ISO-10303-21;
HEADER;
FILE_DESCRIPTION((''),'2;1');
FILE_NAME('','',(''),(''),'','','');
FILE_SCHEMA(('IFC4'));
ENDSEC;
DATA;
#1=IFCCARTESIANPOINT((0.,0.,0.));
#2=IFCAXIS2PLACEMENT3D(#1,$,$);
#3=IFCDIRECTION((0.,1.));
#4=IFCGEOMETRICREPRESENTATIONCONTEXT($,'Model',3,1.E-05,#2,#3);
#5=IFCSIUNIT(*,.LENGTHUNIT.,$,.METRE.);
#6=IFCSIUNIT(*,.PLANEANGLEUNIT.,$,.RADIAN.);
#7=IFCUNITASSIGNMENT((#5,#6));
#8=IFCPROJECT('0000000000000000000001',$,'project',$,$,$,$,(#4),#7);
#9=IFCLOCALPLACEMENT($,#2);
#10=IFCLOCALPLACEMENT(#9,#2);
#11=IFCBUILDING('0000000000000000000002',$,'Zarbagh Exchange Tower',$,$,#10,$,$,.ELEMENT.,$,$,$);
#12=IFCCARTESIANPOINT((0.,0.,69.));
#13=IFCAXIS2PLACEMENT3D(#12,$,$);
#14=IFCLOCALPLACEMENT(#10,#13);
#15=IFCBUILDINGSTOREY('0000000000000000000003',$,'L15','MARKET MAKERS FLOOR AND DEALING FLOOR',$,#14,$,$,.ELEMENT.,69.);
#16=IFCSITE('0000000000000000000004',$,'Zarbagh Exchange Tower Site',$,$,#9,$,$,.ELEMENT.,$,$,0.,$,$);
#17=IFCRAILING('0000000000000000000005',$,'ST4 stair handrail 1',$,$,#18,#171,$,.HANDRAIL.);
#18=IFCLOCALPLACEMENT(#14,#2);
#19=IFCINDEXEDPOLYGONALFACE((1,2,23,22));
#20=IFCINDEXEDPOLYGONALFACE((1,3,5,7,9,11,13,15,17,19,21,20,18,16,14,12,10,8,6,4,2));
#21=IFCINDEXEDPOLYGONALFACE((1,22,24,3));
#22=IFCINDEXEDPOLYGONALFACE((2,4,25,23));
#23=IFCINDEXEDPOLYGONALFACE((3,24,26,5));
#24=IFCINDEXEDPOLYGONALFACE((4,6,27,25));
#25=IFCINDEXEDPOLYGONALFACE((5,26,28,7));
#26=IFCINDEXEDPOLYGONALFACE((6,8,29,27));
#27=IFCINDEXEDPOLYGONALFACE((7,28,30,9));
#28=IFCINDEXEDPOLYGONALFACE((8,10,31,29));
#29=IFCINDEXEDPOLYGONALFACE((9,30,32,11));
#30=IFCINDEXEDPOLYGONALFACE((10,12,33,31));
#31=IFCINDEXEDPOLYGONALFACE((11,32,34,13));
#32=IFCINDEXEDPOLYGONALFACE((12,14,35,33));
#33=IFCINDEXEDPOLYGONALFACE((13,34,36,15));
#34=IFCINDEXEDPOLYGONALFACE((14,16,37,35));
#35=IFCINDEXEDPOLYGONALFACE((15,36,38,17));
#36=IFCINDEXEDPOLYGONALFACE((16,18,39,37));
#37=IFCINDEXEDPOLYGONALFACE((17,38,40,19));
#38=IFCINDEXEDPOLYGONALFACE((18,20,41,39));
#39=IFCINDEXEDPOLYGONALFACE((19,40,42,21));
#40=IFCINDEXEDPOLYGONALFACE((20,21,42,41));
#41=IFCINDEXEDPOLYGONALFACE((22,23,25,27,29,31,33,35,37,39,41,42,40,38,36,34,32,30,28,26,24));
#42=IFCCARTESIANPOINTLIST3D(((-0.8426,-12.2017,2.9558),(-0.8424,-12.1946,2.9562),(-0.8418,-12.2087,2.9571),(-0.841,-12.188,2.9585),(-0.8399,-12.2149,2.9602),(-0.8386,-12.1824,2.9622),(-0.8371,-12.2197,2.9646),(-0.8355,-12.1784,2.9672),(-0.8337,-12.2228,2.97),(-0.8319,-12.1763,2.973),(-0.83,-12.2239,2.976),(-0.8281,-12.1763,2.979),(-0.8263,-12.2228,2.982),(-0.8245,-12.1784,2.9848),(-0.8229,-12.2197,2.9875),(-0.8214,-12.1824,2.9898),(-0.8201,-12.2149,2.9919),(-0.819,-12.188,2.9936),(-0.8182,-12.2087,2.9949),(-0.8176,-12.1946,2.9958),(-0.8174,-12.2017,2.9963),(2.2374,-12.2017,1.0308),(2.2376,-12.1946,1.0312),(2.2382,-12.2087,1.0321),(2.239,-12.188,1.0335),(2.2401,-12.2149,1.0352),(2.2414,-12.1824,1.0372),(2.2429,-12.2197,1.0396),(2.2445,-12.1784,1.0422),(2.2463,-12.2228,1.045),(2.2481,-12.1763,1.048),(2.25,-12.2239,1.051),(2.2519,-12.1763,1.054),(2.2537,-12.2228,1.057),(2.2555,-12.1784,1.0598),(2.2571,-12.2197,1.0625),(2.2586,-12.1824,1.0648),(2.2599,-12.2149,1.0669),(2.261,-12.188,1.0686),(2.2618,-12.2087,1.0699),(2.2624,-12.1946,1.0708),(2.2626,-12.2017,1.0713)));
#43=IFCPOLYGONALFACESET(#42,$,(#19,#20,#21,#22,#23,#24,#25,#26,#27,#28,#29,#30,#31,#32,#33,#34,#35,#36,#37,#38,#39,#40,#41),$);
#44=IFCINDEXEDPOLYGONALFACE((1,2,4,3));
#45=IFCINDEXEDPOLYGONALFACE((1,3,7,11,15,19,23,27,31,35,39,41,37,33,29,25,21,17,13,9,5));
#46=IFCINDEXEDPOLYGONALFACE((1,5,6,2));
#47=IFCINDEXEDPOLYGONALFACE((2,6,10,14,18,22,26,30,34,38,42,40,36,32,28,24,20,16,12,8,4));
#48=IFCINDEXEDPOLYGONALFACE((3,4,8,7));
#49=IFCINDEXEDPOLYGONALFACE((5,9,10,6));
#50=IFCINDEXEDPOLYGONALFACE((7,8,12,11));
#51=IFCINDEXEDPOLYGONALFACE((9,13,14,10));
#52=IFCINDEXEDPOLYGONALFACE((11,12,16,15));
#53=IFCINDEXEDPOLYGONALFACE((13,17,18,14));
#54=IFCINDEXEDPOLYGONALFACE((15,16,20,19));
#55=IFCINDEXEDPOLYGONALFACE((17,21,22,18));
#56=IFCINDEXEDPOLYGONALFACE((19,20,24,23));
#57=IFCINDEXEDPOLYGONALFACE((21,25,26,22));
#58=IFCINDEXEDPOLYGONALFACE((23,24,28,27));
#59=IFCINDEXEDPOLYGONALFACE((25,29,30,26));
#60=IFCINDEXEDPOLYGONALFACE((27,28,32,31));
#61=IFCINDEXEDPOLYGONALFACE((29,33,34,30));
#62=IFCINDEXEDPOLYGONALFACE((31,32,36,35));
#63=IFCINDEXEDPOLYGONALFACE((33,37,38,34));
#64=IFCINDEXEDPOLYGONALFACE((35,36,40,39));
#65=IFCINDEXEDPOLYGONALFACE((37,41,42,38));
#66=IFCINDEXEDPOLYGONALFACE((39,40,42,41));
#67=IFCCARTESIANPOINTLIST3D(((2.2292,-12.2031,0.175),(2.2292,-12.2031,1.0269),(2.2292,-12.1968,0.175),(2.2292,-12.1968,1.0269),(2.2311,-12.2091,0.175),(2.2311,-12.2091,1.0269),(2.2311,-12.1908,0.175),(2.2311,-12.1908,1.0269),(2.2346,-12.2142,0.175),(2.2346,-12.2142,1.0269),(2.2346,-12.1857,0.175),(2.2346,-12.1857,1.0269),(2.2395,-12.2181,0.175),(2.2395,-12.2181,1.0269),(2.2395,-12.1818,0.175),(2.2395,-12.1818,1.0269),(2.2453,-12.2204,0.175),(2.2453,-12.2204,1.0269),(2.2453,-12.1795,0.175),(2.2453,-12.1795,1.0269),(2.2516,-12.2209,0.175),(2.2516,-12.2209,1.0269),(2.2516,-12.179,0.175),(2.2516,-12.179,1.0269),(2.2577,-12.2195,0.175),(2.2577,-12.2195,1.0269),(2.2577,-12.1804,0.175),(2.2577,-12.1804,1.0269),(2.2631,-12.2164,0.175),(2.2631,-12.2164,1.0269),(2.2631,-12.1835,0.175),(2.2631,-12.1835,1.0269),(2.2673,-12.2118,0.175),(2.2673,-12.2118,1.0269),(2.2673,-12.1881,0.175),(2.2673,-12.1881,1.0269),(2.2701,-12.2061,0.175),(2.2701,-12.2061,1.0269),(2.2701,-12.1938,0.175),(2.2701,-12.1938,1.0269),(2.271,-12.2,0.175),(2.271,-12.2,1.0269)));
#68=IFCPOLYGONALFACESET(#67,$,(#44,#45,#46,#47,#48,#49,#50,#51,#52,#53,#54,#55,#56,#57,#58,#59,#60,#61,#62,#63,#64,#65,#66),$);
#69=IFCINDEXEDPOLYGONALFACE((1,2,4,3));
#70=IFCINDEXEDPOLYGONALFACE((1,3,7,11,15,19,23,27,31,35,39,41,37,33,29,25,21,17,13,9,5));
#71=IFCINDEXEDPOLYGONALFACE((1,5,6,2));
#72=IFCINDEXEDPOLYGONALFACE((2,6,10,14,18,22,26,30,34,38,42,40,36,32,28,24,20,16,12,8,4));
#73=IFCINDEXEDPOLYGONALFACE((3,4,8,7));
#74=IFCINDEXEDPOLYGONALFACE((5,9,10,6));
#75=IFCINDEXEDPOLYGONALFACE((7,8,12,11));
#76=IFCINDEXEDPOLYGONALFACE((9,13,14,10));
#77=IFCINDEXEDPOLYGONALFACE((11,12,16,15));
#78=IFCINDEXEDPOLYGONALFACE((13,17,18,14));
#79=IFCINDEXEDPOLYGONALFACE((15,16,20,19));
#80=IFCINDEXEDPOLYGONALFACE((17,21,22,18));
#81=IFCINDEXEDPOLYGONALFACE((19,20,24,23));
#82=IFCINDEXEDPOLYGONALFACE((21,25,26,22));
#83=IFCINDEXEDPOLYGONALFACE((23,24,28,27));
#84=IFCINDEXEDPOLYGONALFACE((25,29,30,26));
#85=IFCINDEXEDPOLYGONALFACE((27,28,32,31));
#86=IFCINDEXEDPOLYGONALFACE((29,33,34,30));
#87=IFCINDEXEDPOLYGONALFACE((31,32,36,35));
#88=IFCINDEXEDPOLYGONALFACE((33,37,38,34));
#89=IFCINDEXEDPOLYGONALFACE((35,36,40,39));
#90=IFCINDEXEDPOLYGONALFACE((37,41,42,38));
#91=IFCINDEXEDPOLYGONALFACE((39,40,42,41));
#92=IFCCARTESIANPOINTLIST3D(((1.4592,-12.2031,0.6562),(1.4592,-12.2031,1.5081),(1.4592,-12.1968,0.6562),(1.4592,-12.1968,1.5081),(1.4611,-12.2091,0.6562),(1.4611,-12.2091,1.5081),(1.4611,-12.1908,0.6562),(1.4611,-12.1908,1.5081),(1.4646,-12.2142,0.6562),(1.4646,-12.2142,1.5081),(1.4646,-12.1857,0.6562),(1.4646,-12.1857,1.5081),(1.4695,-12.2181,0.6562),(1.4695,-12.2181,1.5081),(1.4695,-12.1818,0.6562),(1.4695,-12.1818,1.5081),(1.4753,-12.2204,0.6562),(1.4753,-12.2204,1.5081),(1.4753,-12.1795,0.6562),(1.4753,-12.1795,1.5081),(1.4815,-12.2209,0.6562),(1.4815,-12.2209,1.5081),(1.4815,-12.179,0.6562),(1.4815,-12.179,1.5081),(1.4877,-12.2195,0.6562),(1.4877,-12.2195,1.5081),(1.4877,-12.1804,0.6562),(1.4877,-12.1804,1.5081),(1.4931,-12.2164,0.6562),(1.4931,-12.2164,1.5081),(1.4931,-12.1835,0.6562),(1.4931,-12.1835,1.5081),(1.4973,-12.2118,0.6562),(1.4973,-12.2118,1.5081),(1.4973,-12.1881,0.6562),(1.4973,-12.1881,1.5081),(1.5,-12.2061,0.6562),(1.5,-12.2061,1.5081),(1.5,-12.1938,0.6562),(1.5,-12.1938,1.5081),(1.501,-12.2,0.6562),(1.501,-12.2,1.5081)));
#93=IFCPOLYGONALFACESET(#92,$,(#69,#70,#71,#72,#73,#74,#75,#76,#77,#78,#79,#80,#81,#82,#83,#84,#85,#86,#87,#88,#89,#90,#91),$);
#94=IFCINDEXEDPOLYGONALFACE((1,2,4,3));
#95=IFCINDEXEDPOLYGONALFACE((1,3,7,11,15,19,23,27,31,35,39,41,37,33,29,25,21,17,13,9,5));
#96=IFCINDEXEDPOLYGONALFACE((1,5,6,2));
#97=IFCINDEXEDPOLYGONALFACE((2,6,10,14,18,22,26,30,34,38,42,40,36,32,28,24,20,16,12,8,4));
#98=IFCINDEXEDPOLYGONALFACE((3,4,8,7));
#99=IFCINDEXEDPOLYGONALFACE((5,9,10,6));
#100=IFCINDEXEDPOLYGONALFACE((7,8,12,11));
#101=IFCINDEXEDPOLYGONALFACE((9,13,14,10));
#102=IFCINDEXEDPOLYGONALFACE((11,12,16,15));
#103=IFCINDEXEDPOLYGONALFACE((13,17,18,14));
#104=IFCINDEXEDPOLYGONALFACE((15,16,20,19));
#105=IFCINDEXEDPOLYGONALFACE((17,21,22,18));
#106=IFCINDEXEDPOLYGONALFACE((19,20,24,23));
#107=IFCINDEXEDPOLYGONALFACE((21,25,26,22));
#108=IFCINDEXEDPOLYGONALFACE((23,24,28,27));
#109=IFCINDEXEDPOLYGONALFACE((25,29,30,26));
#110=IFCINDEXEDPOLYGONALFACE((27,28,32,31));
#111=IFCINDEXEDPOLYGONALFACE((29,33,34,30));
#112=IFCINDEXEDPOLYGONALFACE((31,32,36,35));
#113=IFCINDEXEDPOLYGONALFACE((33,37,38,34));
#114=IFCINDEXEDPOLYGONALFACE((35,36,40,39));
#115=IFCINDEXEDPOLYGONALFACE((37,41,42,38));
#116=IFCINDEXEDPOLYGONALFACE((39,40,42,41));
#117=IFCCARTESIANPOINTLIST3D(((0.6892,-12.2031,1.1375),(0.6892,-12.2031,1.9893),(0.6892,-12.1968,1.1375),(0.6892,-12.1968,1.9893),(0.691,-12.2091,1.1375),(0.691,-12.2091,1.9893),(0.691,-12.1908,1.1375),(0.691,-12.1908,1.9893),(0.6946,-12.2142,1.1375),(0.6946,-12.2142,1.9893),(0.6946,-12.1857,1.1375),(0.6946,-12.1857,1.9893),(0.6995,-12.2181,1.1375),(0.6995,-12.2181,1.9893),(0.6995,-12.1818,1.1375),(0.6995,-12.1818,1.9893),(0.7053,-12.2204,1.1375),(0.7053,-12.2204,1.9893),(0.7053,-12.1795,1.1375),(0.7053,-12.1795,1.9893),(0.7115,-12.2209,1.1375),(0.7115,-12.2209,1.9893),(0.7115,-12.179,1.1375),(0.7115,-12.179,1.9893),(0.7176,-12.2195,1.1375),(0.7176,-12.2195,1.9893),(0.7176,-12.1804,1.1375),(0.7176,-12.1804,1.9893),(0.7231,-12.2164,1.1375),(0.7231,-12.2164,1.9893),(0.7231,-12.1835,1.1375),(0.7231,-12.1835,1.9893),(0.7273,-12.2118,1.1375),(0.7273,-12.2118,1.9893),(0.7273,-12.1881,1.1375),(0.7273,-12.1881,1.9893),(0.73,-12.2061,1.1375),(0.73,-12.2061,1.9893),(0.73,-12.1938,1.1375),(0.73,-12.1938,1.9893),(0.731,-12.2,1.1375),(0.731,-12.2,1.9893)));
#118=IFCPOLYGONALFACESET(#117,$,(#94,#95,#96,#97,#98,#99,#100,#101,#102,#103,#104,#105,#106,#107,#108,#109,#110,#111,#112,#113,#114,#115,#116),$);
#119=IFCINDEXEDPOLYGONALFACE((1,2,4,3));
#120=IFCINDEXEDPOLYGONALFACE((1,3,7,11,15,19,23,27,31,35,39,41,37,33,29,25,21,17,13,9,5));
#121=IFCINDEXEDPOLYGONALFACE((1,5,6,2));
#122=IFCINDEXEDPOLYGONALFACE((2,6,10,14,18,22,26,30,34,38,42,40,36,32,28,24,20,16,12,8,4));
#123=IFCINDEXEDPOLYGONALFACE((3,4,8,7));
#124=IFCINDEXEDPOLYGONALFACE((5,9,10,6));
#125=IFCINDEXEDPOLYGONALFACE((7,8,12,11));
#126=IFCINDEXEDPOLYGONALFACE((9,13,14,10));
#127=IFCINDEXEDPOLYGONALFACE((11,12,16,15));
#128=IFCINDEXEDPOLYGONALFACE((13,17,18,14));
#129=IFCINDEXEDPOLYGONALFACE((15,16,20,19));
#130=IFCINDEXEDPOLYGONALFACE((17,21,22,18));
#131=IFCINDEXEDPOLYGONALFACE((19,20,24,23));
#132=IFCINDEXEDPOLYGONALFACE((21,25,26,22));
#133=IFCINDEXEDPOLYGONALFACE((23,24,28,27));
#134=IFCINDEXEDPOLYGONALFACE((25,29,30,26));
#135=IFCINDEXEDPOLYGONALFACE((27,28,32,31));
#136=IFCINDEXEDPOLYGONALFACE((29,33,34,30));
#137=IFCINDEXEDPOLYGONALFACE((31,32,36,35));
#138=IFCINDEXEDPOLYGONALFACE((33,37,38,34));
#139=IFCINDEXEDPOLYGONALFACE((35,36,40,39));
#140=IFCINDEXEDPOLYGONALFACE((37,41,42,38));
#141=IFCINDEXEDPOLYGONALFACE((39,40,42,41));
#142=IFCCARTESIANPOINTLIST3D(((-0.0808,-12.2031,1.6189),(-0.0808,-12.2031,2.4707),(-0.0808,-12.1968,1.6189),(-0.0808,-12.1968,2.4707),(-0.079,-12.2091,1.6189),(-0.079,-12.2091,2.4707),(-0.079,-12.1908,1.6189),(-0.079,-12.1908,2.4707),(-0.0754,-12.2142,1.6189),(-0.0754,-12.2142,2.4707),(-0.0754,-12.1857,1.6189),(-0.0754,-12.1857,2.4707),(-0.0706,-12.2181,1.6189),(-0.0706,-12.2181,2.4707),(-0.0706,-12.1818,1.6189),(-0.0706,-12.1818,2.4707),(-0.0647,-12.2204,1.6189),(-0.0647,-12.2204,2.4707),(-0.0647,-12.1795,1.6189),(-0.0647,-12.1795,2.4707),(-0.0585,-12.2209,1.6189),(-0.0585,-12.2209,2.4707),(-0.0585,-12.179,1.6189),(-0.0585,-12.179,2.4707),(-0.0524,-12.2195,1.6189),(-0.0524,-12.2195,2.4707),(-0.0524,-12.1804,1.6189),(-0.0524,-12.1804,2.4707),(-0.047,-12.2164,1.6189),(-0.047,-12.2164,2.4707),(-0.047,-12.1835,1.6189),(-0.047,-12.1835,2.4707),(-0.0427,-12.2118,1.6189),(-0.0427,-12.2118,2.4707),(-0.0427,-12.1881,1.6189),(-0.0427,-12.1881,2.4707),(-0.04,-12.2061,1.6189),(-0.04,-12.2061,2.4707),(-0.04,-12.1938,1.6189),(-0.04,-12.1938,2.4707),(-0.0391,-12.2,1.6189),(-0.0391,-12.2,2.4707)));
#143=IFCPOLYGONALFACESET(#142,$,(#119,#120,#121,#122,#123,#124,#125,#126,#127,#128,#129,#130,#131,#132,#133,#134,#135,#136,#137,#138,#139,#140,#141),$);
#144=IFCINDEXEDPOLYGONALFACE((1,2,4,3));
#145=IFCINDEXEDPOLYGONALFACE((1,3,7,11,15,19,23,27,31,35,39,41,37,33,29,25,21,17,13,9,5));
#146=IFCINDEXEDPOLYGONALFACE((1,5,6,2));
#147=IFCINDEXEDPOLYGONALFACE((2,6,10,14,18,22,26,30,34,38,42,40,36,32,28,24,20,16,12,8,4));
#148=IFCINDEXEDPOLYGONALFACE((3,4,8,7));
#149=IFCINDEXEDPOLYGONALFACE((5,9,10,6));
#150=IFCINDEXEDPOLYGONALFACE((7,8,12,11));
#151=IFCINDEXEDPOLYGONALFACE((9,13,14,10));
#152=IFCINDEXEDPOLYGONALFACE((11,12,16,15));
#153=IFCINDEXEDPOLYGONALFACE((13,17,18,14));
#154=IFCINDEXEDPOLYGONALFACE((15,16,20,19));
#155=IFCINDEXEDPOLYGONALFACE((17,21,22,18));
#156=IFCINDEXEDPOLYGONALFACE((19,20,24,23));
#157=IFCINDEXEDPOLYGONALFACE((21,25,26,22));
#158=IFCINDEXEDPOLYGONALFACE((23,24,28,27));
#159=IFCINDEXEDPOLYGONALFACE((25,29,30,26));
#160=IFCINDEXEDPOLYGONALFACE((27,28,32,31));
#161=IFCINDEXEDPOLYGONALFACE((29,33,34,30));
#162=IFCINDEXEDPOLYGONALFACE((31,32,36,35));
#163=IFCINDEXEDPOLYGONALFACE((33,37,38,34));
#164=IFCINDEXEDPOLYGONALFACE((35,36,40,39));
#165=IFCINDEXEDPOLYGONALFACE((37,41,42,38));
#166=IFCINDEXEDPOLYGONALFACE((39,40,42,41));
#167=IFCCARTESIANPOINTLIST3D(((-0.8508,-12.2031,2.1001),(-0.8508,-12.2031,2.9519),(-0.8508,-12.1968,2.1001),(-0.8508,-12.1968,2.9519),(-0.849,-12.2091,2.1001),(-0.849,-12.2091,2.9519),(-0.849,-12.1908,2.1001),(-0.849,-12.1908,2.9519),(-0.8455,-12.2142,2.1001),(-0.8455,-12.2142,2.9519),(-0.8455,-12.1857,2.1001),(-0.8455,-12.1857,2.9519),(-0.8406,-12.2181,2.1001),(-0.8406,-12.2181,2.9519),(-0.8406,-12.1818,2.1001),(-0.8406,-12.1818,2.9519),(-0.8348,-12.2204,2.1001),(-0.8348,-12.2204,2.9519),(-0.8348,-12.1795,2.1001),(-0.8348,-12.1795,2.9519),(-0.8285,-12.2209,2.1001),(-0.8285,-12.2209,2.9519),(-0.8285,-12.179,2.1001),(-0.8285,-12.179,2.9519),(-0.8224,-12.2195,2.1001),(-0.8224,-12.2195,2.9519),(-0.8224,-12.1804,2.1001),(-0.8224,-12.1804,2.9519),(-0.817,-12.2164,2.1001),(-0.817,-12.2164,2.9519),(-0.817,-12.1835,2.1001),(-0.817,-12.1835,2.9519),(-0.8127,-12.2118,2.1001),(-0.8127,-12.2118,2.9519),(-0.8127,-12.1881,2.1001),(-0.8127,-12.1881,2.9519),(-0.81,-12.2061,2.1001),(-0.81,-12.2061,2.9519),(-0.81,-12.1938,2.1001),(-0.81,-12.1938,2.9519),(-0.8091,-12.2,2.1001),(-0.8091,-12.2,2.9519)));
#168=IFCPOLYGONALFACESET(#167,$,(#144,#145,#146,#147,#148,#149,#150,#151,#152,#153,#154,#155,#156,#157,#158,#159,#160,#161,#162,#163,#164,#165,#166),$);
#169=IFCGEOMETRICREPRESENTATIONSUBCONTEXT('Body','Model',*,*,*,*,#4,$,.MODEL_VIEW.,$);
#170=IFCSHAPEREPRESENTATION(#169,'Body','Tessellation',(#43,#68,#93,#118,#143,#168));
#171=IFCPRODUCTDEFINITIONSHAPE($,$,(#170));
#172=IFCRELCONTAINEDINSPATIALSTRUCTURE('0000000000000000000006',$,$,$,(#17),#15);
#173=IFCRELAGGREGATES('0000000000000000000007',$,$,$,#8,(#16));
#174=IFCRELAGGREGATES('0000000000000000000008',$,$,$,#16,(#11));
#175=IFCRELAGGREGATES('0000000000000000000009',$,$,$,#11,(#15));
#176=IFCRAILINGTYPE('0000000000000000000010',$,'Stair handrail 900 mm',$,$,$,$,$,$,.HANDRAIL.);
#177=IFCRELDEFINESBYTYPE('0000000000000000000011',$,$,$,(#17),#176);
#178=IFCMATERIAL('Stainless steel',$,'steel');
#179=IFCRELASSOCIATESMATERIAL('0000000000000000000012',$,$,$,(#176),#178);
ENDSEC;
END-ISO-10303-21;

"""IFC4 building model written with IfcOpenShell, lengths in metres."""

from ifc_helpers import new_model, si_unit, direction, frame, origin, origin_2d, place, context, subcontext, project, spatial, circle, extrude, material, type_object, element, save


model = new_model("IFC4")

# Units and contexts
model_context = context("Model", 3, precision=1e-05, world=origin(), true_north=direction((0.0, 1.0)))
body_context = subcontext(model_context, "Body", "Model", "MODEL_VIEW")
ifc_project = project(units=[si_unit("LENGTHUNIT", "METRE"), si_unit("PLANEANGLEUNIT", "RADIAN")], contexts=[model_context])

# Site, building, storey
site_placement = place(None, origin())
site = spatial("IfcSite", under=ifc_project, at=site_placement, Name="Zarbagh Exchange Tower Site", CompositionType="ELEMENT", RefElevation=0.0)
building_placement = place(site_placement, origin())
building = spatial("IfcBuilding", under=site, at=building_placement, Name="Zarbagh Exchange Tower", CompositionType="ELEMENT")
storey_placement = place(building_placement, frame((0.0, 0.0, 69.0)))
storey = spatial("IfcBuildingStorey", under=building, at=storey_placement, Name="L15", Description="MARKET MAKERS FLOOR AND DEALING FLOOR", CompositionType="ELEMENT", Elevation=69.0)

# Railing
ifc_material_1 = material(Name="Stainless steel", Category="steel")
railing_type_1 = type_object("IfcRailingType", Name="Stair handrail 900 mm", PredefinedType="HANDRAIL", material=ifc_material_1)
for number, where, name in (
    (1, (2.25, -12.2, 0.175), "ST4 stair handrail 1"),
):
    element("IfcRailing", number, at=place(storey_placement, frame(where)), inside=storey, type_object=railing_type_1, Name=name, PredefinedType="HANDRAIL", context=body_context, shape_type="SweptSolid", body=[
        extrude(circle(Radius=0.0239, at=origin_2d()), frame((0.0, 0.0, 0.876), z_axis=(-0.847998, 0.0, 0.529999), x_axis=(0.0, -1.0, 0.0)), (0.0, 0.0, 1.0), 3.6321),
        extrude(circle(Radius=0.021, at=origin_2d()), origin(), (0.0, 0.0, 1.0), 0.8518),
        extrude(circle(Radius=0.021, at=origin_2d()), frame((-0.77, 0.0, 0.4812)), (0.0, 0.0, 1.0), 0.8518),
        extrude(circle(Radius=0.021, at=origin_2d()), frame((-1.54, 0.0, 0.9624)), (0.0, 0.0, 1.0), 0.8518),
        extrude(circle(Radius=0.021, at=origin_2d()), frame((-2.3101, 0.0, 1.4438)), (0.0, 0.0, 1.0), 0.8518),
        extrude(circle(Radius=0.021, at=origin_2d()), frame((-3.0801, 0.0, 1.925)), (0.0, 0.0, 1.0), 0.8518),
    ])

save(model, "model.ifc")
